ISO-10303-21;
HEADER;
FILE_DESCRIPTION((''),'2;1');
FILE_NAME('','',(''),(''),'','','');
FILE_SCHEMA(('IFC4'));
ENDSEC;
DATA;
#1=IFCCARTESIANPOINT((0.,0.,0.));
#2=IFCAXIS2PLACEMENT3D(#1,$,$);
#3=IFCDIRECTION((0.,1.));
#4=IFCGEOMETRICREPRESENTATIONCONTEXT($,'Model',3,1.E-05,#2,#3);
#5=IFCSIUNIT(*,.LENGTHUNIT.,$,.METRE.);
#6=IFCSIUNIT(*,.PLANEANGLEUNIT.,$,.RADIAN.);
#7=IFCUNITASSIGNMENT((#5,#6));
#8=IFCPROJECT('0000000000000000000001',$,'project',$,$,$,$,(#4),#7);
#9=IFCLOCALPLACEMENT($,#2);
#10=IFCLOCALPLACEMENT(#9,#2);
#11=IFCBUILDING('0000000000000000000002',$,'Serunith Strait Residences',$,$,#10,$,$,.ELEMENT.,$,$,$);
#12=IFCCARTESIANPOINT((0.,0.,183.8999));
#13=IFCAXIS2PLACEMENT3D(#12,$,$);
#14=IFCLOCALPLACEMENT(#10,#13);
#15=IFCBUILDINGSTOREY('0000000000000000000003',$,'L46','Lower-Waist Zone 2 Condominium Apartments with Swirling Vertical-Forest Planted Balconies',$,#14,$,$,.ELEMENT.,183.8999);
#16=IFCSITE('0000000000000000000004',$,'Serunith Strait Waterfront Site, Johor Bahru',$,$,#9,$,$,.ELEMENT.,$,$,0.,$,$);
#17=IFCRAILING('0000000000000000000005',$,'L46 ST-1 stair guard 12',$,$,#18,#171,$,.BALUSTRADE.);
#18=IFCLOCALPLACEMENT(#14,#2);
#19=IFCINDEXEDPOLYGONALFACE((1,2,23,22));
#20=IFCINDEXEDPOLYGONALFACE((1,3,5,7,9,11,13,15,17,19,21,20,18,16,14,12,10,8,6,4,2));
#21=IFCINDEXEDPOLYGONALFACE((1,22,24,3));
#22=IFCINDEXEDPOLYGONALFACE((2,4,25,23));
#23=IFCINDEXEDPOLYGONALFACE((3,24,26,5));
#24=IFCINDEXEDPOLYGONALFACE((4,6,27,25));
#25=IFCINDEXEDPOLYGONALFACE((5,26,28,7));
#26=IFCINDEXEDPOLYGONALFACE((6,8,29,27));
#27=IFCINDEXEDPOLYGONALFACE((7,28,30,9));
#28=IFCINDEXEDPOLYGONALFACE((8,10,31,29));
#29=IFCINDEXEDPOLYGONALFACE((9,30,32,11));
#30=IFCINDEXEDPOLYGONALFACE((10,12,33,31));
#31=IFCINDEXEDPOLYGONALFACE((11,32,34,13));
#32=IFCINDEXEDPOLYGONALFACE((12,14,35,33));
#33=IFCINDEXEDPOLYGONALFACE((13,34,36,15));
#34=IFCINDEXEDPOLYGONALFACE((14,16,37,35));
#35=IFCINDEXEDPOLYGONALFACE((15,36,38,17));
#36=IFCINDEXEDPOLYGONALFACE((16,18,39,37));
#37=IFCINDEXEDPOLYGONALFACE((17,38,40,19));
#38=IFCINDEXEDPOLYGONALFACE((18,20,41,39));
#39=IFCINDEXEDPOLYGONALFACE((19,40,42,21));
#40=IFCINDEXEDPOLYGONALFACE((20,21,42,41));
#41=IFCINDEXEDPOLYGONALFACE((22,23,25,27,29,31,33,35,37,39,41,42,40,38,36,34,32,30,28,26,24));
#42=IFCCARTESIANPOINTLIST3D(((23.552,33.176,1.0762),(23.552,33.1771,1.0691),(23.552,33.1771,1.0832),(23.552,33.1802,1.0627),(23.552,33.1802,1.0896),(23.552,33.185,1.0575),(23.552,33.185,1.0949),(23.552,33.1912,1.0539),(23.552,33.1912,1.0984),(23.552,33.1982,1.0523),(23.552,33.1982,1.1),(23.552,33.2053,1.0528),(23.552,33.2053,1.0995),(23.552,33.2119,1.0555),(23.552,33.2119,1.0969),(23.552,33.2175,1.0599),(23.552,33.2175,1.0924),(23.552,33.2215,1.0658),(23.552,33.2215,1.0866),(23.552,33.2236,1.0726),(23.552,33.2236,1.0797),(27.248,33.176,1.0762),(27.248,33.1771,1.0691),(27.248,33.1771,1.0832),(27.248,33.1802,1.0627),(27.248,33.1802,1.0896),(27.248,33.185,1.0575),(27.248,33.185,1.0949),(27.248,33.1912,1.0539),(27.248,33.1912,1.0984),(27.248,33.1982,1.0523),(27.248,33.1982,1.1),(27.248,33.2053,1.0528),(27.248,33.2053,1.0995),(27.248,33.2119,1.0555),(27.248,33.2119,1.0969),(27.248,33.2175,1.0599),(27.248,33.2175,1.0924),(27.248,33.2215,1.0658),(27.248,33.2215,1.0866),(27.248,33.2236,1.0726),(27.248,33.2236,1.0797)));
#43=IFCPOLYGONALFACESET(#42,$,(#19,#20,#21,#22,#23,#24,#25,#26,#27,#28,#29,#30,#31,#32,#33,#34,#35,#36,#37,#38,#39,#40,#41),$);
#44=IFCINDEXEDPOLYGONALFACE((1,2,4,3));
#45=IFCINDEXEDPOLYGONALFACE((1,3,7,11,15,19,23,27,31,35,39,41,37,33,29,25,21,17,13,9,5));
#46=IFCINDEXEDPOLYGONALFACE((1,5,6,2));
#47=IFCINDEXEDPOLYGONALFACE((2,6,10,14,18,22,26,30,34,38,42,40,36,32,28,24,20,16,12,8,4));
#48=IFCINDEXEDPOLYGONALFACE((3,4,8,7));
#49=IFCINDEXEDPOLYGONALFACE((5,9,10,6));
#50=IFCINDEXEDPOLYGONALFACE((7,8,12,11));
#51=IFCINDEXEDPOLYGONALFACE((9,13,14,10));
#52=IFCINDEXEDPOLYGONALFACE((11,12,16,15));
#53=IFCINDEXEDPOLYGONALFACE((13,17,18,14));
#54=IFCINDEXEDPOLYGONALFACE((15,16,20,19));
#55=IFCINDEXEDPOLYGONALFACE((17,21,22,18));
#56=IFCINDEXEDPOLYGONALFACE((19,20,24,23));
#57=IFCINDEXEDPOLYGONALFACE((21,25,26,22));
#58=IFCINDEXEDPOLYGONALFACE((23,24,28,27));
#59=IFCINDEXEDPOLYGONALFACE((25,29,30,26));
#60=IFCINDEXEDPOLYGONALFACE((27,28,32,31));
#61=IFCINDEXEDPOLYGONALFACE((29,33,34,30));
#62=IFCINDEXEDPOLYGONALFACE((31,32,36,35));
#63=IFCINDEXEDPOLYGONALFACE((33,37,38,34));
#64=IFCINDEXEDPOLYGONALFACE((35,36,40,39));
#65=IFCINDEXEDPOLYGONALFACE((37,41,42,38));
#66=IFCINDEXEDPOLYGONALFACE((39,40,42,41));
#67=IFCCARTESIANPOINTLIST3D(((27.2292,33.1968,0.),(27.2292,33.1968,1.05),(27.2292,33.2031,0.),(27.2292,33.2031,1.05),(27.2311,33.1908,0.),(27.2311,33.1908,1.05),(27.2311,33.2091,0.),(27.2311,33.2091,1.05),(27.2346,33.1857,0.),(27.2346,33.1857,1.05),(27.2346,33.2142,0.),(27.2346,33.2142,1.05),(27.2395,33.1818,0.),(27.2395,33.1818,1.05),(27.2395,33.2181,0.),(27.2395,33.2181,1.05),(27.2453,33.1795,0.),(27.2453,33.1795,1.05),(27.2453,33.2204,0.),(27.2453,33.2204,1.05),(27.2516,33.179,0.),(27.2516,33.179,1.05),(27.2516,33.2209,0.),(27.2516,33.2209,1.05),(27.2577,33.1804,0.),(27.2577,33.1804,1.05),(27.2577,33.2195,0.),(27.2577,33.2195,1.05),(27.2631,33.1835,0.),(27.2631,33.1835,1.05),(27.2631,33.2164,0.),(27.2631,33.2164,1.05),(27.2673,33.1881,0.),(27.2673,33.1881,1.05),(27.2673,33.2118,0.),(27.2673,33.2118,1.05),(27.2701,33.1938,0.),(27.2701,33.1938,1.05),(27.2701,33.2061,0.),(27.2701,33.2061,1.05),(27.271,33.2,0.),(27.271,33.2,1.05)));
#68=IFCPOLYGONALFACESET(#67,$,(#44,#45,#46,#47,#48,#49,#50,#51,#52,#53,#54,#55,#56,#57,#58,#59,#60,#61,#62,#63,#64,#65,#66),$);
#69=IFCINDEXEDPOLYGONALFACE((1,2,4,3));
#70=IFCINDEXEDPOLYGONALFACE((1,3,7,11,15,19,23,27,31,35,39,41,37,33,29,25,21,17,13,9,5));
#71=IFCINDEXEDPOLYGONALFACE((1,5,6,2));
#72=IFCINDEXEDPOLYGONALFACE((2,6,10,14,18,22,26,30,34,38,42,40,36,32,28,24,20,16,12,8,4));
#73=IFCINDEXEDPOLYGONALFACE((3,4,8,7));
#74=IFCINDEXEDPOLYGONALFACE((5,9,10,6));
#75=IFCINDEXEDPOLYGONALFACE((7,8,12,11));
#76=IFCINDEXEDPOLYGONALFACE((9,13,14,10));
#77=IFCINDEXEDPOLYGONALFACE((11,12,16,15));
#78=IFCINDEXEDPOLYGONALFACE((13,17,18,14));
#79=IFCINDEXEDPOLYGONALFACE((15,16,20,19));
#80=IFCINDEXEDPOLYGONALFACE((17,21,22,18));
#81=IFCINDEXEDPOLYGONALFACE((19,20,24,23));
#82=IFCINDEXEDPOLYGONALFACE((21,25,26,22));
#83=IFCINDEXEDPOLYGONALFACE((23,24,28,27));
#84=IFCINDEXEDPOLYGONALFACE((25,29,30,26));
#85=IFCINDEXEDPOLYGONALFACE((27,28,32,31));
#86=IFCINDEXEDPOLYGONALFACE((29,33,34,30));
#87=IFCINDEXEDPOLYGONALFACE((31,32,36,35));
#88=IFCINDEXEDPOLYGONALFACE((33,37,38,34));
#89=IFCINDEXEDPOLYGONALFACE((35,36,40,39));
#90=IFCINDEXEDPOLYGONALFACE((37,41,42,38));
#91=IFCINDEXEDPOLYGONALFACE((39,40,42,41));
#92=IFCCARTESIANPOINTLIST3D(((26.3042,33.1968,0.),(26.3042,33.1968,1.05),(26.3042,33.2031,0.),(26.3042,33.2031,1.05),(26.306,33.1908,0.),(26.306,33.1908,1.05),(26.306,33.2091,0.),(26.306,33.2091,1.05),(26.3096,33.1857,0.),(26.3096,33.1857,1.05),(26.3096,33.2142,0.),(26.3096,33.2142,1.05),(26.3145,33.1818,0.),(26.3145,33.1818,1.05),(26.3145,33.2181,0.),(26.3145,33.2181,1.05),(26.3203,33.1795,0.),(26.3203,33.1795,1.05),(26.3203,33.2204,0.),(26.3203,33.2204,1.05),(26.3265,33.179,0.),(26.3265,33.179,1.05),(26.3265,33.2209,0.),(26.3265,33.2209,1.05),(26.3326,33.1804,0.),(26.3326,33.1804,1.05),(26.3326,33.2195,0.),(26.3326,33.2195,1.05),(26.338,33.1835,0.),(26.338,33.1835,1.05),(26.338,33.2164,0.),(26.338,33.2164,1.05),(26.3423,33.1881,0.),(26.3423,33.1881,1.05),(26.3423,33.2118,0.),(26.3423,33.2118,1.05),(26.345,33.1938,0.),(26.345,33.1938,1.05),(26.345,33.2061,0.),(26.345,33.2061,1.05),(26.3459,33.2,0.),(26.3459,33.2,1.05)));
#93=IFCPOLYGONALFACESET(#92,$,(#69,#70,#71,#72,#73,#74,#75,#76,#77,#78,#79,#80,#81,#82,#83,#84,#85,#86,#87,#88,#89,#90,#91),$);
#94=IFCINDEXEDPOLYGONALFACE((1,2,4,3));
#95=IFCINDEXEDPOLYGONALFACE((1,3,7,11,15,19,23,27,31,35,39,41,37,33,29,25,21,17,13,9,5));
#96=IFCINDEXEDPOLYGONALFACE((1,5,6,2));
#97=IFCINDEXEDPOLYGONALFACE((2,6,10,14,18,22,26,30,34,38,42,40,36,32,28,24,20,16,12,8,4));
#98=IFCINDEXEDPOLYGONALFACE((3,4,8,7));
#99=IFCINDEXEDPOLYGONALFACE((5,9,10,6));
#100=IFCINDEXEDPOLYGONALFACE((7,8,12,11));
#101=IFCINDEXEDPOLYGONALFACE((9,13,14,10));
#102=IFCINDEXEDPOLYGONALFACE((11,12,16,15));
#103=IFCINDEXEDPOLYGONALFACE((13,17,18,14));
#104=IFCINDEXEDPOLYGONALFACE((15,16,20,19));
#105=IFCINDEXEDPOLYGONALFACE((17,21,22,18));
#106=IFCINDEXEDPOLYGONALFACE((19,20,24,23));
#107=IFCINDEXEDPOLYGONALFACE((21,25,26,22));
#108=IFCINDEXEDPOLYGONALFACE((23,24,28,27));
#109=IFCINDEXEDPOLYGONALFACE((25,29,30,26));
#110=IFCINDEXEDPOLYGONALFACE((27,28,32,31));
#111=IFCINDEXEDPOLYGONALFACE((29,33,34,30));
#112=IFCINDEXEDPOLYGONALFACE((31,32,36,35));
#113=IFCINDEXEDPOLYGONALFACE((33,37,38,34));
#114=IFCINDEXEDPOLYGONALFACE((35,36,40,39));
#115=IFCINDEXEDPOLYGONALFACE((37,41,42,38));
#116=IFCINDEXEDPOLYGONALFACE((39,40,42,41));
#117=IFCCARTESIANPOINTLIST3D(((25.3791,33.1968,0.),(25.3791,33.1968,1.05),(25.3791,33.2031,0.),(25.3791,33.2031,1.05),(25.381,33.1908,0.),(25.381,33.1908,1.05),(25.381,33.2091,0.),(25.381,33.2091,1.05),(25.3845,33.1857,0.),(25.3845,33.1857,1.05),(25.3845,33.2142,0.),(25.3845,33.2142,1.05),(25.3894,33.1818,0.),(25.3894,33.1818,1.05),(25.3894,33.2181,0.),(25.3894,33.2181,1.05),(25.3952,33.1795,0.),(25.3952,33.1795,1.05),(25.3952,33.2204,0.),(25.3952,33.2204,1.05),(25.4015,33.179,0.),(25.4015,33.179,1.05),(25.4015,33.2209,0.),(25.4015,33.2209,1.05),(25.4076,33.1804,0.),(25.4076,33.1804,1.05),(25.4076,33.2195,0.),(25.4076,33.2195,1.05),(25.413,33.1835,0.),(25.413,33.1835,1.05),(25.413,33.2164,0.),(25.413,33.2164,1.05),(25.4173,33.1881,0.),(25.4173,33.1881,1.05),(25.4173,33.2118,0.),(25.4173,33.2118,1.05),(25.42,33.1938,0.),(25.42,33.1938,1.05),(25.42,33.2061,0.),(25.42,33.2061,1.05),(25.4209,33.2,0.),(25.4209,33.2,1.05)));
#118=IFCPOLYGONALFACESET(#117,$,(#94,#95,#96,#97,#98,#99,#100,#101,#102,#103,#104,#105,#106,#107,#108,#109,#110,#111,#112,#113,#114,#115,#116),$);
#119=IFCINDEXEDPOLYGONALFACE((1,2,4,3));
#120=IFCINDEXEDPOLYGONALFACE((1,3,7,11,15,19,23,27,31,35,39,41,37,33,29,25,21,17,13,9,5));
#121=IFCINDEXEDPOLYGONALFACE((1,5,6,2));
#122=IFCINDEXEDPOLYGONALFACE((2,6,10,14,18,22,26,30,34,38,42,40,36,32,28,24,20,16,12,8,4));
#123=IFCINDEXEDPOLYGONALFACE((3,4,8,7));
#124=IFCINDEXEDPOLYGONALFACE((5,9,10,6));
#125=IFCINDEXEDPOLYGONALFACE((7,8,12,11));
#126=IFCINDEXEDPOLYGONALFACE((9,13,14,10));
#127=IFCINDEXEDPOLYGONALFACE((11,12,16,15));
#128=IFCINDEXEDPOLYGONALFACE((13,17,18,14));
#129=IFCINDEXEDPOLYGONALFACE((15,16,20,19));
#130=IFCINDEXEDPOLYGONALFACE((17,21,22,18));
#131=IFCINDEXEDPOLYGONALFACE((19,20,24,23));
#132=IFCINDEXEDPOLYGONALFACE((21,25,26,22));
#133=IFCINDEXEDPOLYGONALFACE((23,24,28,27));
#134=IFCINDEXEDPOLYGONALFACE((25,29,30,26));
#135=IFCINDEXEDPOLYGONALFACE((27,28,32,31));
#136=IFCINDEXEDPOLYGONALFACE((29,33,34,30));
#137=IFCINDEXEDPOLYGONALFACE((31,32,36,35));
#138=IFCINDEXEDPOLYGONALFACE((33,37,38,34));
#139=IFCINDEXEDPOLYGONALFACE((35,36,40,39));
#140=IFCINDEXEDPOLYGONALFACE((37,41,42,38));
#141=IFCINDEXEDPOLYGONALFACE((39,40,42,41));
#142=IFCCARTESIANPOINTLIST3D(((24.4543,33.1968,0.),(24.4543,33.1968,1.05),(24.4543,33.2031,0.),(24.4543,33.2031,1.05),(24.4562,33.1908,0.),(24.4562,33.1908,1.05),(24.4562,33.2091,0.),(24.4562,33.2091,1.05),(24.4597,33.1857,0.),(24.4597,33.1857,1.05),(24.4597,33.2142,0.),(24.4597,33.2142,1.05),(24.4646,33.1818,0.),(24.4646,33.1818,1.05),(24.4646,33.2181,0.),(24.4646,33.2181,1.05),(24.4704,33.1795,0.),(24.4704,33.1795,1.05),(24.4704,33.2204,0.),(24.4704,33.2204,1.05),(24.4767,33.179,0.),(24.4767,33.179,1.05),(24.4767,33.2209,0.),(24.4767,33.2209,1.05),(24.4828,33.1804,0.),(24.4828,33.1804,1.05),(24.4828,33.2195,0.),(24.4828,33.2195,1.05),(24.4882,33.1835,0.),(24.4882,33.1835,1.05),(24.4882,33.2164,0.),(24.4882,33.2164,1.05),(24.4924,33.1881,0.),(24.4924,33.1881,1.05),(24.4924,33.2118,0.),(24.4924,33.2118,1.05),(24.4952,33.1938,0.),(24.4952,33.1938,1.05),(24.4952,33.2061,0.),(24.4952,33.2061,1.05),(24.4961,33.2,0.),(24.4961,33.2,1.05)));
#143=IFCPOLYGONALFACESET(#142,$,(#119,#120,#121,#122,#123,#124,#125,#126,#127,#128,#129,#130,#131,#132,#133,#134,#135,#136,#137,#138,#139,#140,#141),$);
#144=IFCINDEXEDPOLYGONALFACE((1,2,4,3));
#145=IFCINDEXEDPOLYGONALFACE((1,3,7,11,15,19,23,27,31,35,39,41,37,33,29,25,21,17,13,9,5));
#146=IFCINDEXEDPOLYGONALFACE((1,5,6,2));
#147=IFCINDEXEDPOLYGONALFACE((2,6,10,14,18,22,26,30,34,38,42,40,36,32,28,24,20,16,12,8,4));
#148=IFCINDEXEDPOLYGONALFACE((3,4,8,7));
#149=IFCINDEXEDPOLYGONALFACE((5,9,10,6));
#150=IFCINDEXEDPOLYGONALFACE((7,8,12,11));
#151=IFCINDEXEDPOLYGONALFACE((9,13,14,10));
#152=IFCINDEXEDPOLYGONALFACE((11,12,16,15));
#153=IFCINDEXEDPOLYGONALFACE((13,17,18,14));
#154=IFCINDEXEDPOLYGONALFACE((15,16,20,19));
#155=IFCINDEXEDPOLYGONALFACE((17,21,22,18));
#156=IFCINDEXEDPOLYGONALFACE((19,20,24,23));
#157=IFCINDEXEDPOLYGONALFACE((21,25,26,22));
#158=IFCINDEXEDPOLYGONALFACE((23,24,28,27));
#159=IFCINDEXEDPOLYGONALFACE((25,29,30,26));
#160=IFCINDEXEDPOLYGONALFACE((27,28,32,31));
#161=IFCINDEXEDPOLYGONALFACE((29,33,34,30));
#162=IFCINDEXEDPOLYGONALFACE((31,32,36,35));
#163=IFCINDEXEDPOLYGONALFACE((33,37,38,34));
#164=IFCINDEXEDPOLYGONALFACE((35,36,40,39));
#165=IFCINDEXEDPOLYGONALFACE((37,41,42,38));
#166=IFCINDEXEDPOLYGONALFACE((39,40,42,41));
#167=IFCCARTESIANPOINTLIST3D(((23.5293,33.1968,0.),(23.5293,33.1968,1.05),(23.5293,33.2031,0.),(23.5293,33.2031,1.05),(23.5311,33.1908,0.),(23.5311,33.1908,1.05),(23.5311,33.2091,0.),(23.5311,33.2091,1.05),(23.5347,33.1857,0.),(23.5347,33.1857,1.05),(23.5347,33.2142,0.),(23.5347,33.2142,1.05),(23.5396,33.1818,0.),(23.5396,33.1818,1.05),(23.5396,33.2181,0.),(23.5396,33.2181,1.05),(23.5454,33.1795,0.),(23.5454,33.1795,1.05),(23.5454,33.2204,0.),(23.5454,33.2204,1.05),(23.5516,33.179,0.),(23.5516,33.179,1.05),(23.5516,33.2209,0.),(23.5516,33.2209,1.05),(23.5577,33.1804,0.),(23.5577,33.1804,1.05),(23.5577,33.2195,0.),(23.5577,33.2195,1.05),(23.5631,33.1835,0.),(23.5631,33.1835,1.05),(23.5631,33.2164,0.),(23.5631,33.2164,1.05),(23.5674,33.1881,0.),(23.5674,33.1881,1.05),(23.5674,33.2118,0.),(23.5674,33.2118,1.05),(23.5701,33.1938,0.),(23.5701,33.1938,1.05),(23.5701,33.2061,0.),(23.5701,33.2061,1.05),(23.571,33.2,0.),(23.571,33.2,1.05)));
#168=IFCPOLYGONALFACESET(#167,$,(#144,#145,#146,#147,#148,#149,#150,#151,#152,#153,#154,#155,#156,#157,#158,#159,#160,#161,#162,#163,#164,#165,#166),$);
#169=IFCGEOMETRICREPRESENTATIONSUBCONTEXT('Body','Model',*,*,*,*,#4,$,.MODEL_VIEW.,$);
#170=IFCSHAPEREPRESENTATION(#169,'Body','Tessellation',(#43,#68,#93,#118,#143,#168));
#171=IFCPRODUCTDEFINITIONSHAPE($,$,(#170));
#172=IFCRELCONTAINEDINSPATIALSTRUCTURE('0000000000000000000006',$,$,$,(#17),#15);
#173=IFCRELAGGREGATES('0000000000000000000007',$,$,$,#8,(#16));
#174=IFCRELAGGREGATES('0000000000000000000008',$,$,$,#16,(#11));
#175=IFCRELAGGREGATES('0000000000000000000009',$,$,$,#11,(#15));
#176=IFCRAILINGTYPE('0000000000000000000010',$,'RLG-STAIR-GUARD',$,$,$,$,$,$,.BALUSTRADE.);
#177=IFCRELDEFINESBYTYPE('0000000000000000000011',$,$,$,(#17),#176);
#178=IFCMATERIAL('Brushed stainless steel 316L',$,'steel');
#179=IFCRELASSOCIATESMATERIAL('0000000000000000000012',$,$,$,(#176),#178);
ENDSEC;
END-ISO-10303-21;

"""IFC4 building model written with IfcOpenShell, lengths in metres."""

from ifc_helpers import new_model, si_unit, direction, frame, origin, origin_2d, place, context, subcontext, project, spatial, circle, extrude, material, type_object, element, save


model = new_model("IFC4")

# Units and contexts
model_context = context("Model", 3, precision=1e-05, world=origin(), true_north=direction((0.0, 1.0)))
body_context = subcontext(model_context, "Body", "Model", "MODEL_VIEW")
ifc_project = project(units=[si_unit("LENGTHUNIT", "METRE"), si_unit("PLANEANGLEUNIT", "RADIAN")], contexts=[model_context])

# Site, building, storey
site_placement = place(None, origin())
site = spatial("IfcSite", under=ifc_project, at=site_placement, Name="Serunith Strait Waterfront Site, Johor Bahru", CompositionType="ELEMENT", RefElevation=0.0)
building_placement = place(site_placement, origin())
building = spatial("IfcBuilding", under=site, at=building_placement, Name="Serunith Strait Residences", CompositionType="ELEMENT")
storey_placement = place(building_placement, frame((0.0, 0.0, 183.8999)))
storey = spatial("IfcBuildingStorey", under=building, at=storey_placement, Name="L46", Description="Lower-Waist Zone 2 Condominium Apartments with Swirling Vertical-Forest Planted Balconies", CompositionType="ELEMENT", Elevation=183.8999)

# Railing
ifc_material_1 = material(Name="Brushed stainless steel 316L", Category="steel")
railing_type_1 = type_object("IfcRailingType", Name="RLG-STAIR-GUARD", PredefinedType="BALUSTRADE", material=ifc_material_1)
railing_1_placement = place(storey_placement, frame((27.25, 33.2, 0.0)))
element("IfcRailing", 1, at=railing_1_placement, inside=storey, type_object=railing_type_1, Name="L46 ST-1 stair guard 12", PredefinedType="BALUSTRADE", context=body_context, shape_type="SweptSolid", body=[
    extrude(circle(Radius=0.0239, at=origin_2d()), frame((-0.002, 0.0, 1.0762), z_axis=(-1.0, 0.0, 0.0), x_axis=(0.0, -1.0, 0.0)), (0.0, 0.0, 1.0), 3.696),
    extrude(circle(Radius=0.021, at=origin_2d()), origin(), (0.0, 0.0, 1.0), 1.05),
    extrude(circle(Radius=0.021, at=origin_2d()), frame((-0.925, 0.0, 0.0)), (0.0, 0.0, 1.0), 1.05),
    extrude(circle(Radius=0.021, at=origin_2d()), frame((-1.8501, 0.0, 0.0)), (0.0, 0.0, 1.0), 1.05),
    extrude(circle(Radius=0.021, at=origin_2d()), frame((-2.7749, 0.0, 0.0)), (0.0, 0.0, 1.0), 1.05),
    extrude(circle(Radius=0.021, at=origin_2d()), frame((-3.7, 0.0, 0.0)), (0.0, 0.0, 1.0), 1.05),
])

save(model, "model.ifc")
